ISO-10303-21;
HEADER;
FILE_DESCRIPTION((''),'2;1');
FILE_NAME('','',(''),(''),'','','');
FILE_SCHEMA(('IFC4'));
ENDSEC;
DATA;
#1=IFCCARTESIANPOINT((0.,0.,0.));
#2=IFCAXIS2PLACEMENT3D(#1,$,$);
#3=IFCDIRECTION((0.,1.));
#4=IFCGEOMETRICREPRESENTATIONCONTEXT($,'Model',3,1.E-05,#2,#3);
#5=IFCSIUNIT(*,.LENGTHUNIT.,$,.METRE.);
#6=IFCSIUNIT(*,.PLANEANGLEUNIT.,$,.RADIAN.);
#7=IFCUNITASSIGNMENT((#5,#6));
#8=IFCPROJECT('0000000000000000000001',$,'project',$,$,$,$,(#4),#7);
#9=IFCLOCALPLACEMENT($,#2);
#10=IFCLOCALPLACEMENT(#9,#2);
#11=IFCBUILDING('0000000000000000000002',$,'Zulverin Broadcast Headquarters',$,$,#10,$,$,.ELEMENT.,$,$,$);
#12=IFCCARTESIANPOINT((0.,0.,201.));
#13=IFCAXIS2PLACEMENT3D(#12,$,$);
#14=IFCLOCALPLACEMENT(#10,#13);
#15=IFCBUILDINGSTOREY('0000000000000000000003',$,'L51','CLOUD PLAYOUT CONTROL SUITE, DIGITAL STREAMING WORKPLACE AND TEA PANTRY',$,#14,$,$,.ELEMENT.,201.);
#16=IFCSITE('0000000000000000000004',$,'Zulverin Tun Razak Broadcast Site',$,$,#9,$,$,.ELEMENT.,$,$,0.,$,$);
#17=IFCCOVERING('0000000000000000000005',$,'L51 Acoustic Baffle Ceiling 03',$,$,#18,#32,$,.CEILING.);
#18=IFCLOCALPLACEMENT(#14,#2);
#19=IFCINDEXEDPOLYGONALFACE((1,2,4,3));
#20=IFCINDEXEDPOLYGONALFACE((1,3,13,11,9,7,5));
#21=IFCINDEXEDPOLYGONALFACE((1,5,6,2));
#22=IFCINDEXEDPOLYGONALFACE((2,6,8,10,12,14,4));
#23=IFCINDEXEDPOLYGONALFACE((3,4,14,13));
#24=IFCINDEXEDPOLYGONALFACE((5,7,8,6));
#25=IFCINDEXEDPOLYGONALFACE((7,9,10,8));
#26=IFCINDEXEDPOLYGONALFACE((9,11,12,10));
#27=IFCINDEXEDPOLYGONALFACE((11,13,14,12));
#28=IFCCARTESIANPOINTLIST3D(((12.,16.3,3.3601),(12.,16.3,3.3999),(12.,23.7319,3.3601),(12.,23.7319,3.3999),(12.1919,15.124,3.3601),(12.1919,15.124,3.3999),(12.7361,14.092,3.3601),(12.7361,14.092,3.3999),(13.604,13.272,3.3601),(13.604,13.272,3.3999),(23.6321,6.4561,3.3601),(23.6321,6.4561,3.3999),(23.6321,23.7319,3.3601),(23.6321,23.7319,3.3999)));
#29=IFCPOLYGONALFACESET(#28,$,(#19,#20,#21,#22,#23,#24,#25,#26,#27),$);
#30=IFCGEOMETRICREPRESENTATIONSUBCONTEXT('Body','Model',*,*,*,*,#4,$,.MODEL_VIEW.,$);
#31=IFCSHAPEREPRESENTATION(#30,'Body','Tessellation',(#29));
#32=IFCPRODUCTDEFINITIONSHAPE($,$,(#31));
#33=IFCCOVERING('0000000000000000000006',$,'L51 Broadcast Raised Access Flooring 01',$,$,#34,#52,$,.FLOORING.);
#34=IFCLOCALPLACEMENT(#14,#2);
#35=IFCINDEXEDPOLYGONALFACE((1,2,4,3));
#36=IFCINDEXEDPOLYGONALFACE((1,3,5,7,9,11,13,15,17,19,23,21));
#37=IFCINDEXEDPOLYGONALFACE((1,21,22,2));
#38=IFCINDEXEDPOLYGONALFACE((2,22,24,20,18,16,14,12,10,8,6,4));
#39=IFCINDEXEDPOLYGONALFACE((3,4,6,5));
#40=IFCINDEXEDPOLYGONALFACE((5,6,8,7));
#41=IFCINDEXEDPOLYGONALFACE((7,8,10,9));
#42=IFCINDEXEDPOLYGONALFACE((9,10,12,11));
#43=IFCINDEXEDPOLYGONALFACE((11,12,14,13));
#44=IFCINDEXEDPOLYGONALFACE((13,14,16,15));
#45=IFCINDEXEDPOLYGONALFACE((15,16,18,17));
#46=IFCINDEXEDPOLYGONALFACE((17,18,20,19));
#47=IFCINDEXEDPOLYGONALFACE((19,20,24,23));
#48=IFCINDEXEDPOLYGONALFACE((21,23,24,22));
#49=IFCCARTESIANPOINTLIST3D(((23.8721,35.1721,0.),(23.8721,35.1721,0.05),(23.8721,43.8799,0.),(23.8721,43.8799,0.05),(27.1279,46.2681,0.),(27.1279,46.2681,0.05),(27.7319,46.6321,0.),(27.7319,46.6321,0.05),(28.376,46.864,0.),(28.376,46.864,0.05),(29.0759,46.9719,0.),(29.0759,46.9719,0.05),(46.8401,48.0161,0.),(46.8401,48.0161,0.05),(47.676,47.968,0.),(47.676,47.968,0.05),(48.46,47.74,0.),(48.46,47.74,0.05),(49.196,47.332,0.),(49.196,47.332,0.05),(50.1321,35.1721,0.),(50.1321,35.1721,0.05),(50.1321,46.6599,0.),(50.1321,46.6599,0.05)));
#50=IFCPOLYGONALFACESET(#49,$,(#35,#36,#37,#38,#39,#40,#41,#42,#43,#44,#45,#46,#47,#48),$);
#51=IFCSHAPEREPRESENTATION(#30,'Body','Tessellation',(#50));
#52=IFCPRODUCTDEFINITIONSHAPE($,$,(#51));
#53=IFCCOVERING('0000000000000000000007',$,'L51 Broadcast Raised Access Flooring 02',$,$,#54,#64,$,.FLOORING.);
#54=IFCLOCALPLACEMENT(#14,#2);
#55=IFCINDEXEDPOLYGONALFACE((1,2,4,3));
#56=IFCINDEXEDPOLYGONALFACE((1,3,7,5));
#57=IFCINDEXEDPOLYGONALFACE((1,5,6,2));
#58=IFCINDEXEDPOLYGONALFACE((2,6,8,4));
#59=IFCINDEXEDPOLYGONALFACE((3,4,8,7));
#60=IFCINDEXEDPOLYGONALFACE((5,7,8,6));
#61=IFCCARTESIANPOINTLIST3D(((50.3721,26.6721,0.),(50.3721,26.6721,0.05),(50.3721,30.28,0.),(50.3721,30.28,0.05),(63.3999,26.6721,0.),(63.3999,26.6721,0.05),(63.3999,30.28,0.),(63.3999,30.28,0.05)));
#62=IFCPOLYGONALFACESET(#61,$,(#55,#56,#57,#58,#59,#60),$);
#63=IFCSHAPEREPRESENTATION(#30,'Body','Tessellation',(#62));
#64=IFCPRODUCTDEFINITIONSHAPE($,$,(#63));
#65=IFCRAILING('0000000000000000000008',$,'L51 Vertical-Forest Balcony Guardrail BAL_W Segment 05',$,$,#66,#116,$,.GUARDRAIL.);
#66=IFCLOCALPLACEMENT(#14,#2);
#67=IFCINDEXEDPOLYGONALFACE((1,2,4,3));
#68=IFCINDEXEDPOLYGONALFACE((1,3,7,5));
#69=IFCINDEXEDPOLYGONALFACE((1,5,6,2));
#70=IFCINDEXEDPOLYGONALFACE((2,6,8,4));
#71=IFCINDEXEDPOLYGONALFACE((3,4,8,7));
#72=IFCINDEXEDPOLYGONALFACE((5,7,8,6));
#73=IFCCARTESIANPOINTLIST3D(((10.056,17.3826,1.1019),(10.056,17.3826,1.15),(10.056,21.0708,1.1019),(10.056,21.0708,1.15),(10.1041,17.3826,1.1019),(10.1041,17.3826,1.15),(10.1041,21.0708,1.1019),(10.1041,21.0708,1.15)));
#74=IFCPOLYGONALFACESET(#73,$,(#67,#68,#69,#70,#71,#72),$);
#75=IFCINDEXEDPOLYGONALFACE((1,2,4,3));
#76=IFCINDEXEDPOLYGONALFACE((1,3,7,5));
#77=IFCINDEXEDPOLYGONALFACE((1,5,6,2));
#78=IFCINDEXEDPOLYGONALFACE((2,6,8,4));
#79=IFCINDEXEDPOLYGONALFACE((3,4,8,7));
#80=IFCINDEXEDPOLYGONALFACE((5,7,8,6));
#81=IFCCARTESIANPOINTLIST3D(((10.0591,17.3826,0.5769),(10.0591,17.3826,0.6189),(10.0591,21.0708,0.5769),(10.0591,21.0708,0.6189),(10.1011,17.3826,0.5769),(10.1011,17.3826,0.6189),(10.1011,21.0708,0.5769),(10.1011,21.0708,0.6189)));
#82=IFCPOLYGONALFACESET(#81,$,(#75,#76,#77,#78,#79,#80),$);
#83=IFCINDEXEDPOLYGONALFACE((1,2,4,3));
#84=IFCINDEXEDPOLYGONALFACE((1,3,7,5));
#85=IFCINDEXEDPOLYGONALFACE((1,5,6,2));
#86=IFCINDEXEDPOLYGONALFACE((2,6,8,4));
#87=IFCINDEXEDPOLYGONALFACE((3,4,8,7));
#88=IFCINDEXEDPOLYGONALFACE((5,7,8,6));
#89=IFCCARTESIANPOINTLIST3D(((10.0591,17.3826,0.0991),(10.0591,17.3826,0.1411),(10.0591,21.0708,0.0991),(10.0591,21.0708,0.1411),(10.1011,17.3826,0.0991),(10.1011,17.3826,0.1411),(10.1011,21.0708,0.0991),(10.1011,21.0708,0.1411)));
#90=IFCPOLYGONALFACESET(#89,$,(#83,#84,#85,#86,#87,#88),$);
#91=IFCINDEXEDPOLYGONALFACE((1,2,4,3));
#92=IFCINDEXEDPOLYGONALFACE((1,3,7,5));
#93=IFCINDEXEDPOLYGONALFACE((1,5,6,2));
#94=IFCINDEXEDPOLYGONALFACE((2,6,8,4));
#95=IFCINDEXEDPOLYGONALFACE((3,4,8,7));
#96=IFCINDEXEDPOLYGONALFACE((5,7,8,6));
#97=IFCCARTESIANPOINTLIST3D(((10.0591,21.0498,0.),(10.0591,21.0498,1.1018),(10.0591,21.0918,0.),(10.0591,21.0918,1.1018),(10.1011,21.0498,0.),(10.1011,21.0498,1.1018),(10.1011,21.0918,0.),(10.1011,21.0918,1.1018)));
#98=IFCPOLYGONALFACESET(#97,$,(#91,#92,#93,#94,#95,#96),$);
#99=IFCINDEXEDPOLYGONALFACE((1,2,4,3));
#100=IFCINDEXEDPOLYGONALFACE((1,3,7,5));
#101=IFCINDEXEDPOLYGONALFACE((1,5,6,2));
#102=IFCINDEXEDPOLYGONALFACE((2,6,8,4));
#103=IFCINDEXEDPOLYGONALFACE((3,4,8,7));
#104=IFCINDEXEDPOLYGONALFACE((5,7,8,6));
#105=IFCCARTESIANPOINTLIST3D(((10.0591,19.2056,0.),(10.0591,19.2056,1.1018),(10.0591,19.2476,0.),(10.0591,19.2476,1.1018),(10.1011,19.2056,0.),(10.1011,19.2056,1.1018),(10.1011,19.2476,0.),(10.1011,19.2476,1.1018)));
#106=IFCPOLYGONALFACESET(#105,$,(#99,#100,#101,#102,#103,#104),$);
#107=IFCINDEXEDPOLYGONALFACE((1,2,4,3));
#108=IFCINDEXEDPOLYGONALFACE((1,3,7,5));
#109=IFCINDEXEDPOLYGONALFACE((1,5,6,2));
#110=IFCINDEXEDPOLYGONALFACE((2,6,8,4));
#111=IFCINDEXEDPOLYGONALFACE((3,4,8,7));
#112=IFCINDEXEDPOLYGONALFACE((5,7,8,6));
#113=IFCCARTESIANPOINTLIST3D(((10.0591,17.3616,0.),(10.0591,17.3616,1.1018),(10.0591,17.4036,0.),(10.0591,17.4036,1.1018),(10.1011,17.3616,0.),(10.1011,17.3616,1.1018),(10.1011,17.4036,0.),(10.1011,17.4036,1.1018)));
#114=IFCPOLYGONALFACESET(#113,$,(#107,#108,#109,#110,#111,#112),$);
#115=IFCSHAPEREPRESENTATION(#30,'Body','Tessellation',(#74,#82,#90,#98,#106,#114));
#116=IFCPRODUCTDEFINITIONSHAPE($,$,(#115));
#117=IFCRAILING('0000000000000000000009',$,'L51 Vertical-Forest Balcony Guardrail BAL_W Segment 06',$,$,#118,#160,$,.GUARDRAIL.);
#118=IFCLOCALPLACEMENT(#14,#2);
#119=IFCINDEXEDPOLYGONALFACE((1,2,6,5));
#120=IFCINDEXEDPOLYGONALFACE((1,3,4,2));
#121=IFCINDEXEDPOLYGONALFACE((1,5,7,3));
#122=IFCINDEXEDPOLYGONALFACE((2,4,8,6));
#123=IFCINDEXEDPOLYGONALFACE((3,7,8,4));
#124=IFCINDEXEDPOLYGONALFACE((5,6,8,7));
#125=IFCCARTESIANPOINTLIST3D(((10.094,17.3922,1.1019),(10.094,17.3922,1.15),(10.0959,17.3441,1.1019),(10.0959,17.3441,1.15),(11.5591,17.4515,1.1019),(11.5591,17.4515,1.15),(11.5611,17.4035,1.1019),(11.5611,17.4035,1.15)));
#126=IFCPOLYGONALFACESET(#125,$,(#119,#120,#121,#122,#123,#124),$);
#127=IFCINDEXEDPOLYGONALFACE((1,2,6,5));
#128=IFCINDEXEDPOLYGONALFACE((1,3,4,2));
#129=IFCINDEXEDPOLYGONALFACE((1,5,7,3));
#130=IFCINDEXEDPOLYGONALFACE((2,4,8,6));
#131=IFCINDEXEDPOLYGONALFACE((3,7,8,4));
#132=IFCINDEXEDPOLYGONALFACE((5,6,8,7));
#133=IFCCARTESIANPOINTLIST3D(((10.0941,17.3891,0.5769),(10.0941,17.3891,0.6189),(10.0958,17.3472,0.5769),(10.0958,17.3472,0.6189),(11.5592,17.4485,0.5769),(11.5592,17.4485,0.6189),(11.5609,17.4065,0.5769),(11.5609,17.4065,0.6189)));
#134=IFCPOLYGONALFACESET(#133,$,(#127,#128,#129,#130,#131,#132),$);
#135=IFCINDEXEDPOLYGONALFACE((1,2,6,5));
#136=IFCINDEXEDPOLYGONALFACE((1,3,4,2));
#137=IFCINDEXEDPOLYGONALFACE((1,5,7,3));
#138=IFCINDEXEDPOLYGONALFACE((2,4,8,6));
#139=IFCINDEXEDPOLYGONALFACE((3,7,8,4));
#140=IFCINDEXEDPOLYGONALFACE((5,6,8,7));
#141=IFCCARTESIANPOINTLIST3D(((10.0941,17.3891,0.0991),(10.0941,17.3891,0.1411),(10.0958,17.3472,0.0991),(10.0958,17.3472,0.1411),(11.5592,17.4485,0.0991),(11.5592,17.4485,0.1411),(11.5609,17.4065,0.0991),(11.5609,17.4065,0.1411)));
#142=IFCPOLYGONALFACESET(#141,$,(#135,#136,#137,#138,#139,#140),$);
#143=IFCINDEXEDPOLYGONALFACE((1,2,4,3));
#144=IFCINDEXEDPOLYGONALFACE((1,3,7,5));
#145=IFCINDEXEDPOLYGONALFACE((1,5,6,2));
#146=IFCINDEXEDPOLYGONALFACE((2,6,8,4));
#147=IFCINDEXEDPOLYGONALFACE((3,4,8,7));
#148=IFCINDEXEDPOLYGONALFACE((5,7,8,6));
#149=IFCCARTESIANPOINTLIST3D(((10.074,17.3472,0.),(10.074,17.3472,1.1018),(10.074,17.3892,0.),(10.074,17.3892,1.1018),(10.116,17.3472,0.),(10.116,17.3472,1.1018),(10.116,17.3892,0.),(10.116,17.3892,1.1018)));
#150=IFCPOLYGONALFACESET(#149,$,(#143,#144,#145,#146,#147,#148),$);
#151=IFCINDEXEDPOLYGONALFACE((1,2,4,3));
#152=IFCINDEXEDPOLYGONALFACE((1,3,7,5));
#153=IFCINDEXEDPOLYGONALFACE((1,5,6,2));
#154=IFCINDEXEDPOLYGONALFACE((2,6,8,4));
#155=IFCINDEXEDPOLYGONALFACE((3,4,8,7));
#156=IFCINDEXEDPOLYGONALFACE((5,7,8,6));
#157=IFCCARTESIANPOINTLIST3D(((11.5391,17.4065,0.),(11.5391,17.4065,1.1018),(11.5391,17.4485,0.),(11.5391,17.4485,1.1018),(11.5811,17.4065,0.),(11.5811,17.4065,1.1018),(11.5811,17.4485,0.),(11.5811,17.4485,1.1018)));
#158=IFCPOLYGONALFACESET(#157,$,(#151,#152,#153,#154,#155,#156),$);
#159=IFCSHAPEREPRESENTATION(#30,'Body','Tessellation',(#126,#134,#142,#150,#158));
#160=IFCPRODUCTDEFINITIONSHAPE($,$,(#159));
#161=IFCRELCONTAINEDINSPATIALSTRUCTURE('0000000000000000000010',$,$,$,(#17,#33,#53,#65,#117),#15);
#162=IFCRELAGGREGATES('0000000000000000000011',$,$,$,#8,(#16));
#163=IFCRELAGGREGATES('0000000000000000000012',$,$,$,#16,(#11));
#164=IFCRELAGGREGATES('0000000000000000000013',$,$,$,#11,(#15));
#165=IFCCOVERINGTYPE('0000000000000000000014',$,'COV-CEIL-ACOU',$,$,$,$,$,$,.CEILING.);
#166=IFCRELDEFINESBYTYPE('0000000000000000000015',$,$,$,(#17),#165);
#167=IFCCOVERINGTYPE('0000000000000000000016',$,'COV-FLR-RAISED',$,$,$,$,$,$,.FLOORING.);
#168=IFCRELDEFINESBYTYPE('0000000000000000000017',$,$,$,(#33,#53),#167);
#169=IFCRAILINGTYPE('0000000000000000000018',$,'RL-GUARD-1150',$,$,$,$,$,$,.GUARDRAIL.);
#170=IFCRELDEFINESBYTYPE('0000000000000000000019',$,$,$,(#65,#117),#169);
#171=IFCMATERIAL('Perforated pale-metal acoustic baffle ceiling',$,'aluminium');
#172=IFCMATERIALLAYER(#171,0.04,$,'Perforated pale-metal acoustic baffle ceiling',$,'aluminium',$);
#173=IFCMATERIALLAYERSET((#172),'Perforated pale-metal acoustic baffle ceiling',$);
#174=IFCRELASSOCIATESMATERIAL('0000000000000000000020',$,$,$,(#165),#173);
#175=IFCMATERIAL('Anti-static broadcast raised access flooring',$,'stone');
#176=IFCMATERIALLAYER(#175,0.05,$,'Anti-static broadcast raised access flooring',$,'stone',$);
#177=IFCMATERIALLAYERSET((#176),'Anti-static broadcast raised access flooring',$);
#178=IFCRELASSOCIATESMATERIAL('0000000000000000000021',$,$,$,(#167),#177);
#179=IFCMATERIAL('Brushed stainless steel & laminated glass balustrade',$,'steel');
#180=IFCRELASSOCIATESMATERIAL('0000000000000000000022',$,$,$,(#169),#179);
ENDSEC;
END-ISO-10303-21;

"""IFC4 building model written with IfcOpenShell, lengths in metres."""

from ifc_helpers import new_model, si_unit, direction, frame, origin, origin_2d, place, context, subcontext, project, spatial, polyline, rectangle, outline, extrude, material, layer, layer_set, type_object, element, save


model = new_model("IFC4")

# Units and contexts
model_context = context("Model", 3, precision=1e-05, world=origin(), true_north=direction((0.0, 1.0)))
body_context = subcontext(model_context, "Body", "Model", "MODEL_VIEW")
ifc_project = project(units=[si_unit("LENGTHUNIT", "METRE"), si_unit("PLANEANGLEUNIT", "RADIAN")], contexts=[model_context])

# Site, building, storey
site_placement = place(None, origin())
site = spatial("IfcSite", under=ifc_project, at=site_placement, Name="Zulverin Tun Razak Broadcast Site", CompositionType="ELEMENT", RefElevation=0.0)
building_placement = place(site_placement, origin())
building = spatial("IfcBuilding", under=site, at=building_placement, Name="Zulverin Broadcast Headquarters", CompositionType="ELEMENT")
storey_placement = place(building_placement, frame((0.0, 0.0, 201.0)))
storey = spatial("IfcBuildingStorey", under=building, at=storey_placement, Name="L51", Description="CLOUD PLAYOUT CONTROL SUITE, DIGITAL STREAMING WORKPLACE AND TEA PANTRY", CompositionType="ELEMENT", Elevation=201.0)

# Coverings
ifc_material_1 = material(Name="Perforated pale-metal acoustic baffle ceiling", Category="aluminium")
ifc_layer_1 = layer(ifc_material_1, 0.04, Name="Perforated pale-metal acoustic baffle ceiling", Category="aluminium")
ifc_layer_set_1 = layer_set([ifc_layer_1], Name="Perforated pale-metal acoustic baffle ceiling")
covering_type_1 = type_object("IfcCoveringType", Name="COV-CEIL-ACOU", PredefinedType="CEILING", material=ifc_layer_set_1)
covering_1_placement = place(storey_placement, frame((0.0, 0.0, 3.3601)))
element("IfcCovering", 1, at=covering_1_placement, inside=storey, type_object=covering_type_1, Name="L51 Acoustic Baffle Ceiling 03", PredefinedType="CEILING", context=body_context, shape_type="SweptSolid", body=[
    extrude(outline(polyline([(12.7361, 14.092), (13.604, 13.272), (23.6321, 6.4561), (23.6321, 23.7319), (12.0, 23.7319), (12.0, 16.3), (12.1919, 15.124), (12.7361, 14.092)])), origin(), (0.0, 0.0, 1.0), 0.0398),
])
ifc_material_2 = material(Name="Anti-static broadcast raised access flooring", Category="stone")
ifc_layer_2 = layer(ifc_material_2, 0.05, Name="Anti-static broadcast raised access flooring", Category="stone")
ifc_layer_set_2 = layer_set([ifc_layer_2], Name="Anti-static broadcast raised access flooring")
covering_type_2 = type_object("IfcCoveringType", Name="COV-FLR-RAISED", PredefinedType="FLOORING", material=ifc_layer_set_2)
covering_2_placement = place(storey_placement, origin())
element("IfcCovering", 2, at=covering_2_placement, inside=storey, type_object=covering_type_2, Name="L51 Broadcast Raised Access Flooring 01", PredefinedType="FLOORING", context=body_context, shape_type="SweptSolid", body=[
    extrude(outline(polyline([(47.676, 47.968), (46.8401, 48.0161), (29.0759, 46.9719), (28.376, 46.864), (27.7319, 46.6321), (27.1279, 46.2681), (23.8721, 43.8799), (23.8721, 35.1721), (50.1321, 35.1721), (50.1321, 46.6599), (49.196, 47.332), (48.46, 47.74), (47.676, 47.968)])), origin(), (0.0, 0.0, 1.0), 0.05),
])
covering_3_placement = place(storey_placement, origin())
element("IfcCovering", 3, at=covering_3_placement, inside=storey, type_object=covering_type_2, Name="L51 Broadcast Raised Access Flooring 02", PredefinedType="FLOORING", context=body_context, shape_type="SweptSolid", body=[
    extrude(outline(polyline([(50.3721, 26.6721), (63.3999, 26.6721), (63.3999, 30.28), (50.3721, 30.28), (50.3721, 26.6721)])), origin(), (0.0, 0.0, 1.0), 0.05),
])

# Railings
ifc_material_3 = material(Name="Brushed stainless steel & laminated glass balustrade", Category="steel")
railing_type = type_object("IfcRailingType", Name="RL-GUARD-1150", PredefinedType="GUARDRAIL", material=ifc_material_3)
railing_1_placement = place(storey_placement, frame((10.0801, 21.0708, 0.0)))
element("IfcRailing", 4, at=railing_1_placement, inside=storey, type_object=railing_type, Name="L51 Vertical-Forest Balcony Guardrail BAL_W Segment 05", PredefinedType="GUARDRAIL", context=body_context, shape_type="SweptSolid", body=[
    extrude(rectangle(XDim=0.0481, YDim=0.0481, at=origin_2d()), frame((0.0, 0.0, 1.126), z_axis=(0.0, -1.0, 0.0), x_axis=(1.0, 0.0, 0.0)), (0.0, 0.0, 1.0), 3.6882),
    extrude(rectangle(XDim=0.042, YDim=0.042, at=origin_2d()), frame((0.0, 0.0, 0.5979), z_axis=(0.0, -1.0, 0.0), x_axis=(1.0, 0.0, 0.0)), (0.0, 0.0, 1.0), 3.6882),
    extrude(rectangle(XDim=0.042, YDim=0.042, at=origin_2d()), frame((0.0, 0.0, 0.1201), z_axis=(0.0, -1.0, 0.0), x_axis=(1.0, 0.0, 0.0)), (0.0, 0.0, 1.0), 3.6882),
    extrude(rectangle(XDim=0.042, YDim=0.042, at=origin_2d()), origin(), (0.0, 0.0, 1.0), 1.1018),
    extrude(rectangle(XDim=0.042, YDim=0.042, at=origin_2d()), frame((0.0, -1.8442, 0.0)), (0.0, 0.0, 1.0), 1.1018),
    extrude(rectangle(XDim=0.042, YDim=0.042, at=origin_2d()), frame((0.0, -3.6882, 0.0)), (0.0, 0.0, 1.0), 1.1018),
])
railing_2_placement = place(storey_placement, frame((10.095, 17.3682, 0.0)))
element("IfcRailing", 5, at=railing_2_placement, inside=storey, type_object=railing_type, Name="L51 Vertical-Forest Balcony Guardrail BAL_W Segment 06", PredefinedType="GUARDRAIL", context=body_context, shape_type="SweptSolid", body=[
    extrude(rectangle(XDim=0.0481, YDim=0.0481, at=origin_2d()), frame((0.0, 0.0, 1.126), z_axis=(0.999181, 0.04046, 0.0), x_axis=(-0.04046, 0.999181, 0.0)), (0.0, 0.0, 1.0), 1.4663),
    extrude(rectangle(XDim=0.042, YDim=0.042, at=origin_2d()), frame((0.0, 0.0, 0.5979), z_axis=(0.999181, 0.04046, 0.0), x_axis=(-0.04046, 0.999181, 0.0)), (0.0, 0.0, 1.0), 1.4663),
    extrude(rectangle(XDim=0.042, YDim=0.042, at=origin_2d()), frame((0.0, 0.0, 0.1201), z_axis=(0.999181, 0.04046, 0.0), x_axis=(-0.04046, 0.999181, 0.0)), (0.0, 0.0, 1.0), 1.4663),
    extrude(rectangle(XDim=0.042, YDim=0.042, at=origin_2d()), origin(), (0.0, 0.0, 1.0), 1.1018),
    extrude(rectangle(XDim=0.042, YDim=0.042, at=origin_2d()), frame((1.4651, 0.0593, 0.0)), (0.0, 0.0, 1.0), 1.1018),
])

save(model, "model.ifc")
